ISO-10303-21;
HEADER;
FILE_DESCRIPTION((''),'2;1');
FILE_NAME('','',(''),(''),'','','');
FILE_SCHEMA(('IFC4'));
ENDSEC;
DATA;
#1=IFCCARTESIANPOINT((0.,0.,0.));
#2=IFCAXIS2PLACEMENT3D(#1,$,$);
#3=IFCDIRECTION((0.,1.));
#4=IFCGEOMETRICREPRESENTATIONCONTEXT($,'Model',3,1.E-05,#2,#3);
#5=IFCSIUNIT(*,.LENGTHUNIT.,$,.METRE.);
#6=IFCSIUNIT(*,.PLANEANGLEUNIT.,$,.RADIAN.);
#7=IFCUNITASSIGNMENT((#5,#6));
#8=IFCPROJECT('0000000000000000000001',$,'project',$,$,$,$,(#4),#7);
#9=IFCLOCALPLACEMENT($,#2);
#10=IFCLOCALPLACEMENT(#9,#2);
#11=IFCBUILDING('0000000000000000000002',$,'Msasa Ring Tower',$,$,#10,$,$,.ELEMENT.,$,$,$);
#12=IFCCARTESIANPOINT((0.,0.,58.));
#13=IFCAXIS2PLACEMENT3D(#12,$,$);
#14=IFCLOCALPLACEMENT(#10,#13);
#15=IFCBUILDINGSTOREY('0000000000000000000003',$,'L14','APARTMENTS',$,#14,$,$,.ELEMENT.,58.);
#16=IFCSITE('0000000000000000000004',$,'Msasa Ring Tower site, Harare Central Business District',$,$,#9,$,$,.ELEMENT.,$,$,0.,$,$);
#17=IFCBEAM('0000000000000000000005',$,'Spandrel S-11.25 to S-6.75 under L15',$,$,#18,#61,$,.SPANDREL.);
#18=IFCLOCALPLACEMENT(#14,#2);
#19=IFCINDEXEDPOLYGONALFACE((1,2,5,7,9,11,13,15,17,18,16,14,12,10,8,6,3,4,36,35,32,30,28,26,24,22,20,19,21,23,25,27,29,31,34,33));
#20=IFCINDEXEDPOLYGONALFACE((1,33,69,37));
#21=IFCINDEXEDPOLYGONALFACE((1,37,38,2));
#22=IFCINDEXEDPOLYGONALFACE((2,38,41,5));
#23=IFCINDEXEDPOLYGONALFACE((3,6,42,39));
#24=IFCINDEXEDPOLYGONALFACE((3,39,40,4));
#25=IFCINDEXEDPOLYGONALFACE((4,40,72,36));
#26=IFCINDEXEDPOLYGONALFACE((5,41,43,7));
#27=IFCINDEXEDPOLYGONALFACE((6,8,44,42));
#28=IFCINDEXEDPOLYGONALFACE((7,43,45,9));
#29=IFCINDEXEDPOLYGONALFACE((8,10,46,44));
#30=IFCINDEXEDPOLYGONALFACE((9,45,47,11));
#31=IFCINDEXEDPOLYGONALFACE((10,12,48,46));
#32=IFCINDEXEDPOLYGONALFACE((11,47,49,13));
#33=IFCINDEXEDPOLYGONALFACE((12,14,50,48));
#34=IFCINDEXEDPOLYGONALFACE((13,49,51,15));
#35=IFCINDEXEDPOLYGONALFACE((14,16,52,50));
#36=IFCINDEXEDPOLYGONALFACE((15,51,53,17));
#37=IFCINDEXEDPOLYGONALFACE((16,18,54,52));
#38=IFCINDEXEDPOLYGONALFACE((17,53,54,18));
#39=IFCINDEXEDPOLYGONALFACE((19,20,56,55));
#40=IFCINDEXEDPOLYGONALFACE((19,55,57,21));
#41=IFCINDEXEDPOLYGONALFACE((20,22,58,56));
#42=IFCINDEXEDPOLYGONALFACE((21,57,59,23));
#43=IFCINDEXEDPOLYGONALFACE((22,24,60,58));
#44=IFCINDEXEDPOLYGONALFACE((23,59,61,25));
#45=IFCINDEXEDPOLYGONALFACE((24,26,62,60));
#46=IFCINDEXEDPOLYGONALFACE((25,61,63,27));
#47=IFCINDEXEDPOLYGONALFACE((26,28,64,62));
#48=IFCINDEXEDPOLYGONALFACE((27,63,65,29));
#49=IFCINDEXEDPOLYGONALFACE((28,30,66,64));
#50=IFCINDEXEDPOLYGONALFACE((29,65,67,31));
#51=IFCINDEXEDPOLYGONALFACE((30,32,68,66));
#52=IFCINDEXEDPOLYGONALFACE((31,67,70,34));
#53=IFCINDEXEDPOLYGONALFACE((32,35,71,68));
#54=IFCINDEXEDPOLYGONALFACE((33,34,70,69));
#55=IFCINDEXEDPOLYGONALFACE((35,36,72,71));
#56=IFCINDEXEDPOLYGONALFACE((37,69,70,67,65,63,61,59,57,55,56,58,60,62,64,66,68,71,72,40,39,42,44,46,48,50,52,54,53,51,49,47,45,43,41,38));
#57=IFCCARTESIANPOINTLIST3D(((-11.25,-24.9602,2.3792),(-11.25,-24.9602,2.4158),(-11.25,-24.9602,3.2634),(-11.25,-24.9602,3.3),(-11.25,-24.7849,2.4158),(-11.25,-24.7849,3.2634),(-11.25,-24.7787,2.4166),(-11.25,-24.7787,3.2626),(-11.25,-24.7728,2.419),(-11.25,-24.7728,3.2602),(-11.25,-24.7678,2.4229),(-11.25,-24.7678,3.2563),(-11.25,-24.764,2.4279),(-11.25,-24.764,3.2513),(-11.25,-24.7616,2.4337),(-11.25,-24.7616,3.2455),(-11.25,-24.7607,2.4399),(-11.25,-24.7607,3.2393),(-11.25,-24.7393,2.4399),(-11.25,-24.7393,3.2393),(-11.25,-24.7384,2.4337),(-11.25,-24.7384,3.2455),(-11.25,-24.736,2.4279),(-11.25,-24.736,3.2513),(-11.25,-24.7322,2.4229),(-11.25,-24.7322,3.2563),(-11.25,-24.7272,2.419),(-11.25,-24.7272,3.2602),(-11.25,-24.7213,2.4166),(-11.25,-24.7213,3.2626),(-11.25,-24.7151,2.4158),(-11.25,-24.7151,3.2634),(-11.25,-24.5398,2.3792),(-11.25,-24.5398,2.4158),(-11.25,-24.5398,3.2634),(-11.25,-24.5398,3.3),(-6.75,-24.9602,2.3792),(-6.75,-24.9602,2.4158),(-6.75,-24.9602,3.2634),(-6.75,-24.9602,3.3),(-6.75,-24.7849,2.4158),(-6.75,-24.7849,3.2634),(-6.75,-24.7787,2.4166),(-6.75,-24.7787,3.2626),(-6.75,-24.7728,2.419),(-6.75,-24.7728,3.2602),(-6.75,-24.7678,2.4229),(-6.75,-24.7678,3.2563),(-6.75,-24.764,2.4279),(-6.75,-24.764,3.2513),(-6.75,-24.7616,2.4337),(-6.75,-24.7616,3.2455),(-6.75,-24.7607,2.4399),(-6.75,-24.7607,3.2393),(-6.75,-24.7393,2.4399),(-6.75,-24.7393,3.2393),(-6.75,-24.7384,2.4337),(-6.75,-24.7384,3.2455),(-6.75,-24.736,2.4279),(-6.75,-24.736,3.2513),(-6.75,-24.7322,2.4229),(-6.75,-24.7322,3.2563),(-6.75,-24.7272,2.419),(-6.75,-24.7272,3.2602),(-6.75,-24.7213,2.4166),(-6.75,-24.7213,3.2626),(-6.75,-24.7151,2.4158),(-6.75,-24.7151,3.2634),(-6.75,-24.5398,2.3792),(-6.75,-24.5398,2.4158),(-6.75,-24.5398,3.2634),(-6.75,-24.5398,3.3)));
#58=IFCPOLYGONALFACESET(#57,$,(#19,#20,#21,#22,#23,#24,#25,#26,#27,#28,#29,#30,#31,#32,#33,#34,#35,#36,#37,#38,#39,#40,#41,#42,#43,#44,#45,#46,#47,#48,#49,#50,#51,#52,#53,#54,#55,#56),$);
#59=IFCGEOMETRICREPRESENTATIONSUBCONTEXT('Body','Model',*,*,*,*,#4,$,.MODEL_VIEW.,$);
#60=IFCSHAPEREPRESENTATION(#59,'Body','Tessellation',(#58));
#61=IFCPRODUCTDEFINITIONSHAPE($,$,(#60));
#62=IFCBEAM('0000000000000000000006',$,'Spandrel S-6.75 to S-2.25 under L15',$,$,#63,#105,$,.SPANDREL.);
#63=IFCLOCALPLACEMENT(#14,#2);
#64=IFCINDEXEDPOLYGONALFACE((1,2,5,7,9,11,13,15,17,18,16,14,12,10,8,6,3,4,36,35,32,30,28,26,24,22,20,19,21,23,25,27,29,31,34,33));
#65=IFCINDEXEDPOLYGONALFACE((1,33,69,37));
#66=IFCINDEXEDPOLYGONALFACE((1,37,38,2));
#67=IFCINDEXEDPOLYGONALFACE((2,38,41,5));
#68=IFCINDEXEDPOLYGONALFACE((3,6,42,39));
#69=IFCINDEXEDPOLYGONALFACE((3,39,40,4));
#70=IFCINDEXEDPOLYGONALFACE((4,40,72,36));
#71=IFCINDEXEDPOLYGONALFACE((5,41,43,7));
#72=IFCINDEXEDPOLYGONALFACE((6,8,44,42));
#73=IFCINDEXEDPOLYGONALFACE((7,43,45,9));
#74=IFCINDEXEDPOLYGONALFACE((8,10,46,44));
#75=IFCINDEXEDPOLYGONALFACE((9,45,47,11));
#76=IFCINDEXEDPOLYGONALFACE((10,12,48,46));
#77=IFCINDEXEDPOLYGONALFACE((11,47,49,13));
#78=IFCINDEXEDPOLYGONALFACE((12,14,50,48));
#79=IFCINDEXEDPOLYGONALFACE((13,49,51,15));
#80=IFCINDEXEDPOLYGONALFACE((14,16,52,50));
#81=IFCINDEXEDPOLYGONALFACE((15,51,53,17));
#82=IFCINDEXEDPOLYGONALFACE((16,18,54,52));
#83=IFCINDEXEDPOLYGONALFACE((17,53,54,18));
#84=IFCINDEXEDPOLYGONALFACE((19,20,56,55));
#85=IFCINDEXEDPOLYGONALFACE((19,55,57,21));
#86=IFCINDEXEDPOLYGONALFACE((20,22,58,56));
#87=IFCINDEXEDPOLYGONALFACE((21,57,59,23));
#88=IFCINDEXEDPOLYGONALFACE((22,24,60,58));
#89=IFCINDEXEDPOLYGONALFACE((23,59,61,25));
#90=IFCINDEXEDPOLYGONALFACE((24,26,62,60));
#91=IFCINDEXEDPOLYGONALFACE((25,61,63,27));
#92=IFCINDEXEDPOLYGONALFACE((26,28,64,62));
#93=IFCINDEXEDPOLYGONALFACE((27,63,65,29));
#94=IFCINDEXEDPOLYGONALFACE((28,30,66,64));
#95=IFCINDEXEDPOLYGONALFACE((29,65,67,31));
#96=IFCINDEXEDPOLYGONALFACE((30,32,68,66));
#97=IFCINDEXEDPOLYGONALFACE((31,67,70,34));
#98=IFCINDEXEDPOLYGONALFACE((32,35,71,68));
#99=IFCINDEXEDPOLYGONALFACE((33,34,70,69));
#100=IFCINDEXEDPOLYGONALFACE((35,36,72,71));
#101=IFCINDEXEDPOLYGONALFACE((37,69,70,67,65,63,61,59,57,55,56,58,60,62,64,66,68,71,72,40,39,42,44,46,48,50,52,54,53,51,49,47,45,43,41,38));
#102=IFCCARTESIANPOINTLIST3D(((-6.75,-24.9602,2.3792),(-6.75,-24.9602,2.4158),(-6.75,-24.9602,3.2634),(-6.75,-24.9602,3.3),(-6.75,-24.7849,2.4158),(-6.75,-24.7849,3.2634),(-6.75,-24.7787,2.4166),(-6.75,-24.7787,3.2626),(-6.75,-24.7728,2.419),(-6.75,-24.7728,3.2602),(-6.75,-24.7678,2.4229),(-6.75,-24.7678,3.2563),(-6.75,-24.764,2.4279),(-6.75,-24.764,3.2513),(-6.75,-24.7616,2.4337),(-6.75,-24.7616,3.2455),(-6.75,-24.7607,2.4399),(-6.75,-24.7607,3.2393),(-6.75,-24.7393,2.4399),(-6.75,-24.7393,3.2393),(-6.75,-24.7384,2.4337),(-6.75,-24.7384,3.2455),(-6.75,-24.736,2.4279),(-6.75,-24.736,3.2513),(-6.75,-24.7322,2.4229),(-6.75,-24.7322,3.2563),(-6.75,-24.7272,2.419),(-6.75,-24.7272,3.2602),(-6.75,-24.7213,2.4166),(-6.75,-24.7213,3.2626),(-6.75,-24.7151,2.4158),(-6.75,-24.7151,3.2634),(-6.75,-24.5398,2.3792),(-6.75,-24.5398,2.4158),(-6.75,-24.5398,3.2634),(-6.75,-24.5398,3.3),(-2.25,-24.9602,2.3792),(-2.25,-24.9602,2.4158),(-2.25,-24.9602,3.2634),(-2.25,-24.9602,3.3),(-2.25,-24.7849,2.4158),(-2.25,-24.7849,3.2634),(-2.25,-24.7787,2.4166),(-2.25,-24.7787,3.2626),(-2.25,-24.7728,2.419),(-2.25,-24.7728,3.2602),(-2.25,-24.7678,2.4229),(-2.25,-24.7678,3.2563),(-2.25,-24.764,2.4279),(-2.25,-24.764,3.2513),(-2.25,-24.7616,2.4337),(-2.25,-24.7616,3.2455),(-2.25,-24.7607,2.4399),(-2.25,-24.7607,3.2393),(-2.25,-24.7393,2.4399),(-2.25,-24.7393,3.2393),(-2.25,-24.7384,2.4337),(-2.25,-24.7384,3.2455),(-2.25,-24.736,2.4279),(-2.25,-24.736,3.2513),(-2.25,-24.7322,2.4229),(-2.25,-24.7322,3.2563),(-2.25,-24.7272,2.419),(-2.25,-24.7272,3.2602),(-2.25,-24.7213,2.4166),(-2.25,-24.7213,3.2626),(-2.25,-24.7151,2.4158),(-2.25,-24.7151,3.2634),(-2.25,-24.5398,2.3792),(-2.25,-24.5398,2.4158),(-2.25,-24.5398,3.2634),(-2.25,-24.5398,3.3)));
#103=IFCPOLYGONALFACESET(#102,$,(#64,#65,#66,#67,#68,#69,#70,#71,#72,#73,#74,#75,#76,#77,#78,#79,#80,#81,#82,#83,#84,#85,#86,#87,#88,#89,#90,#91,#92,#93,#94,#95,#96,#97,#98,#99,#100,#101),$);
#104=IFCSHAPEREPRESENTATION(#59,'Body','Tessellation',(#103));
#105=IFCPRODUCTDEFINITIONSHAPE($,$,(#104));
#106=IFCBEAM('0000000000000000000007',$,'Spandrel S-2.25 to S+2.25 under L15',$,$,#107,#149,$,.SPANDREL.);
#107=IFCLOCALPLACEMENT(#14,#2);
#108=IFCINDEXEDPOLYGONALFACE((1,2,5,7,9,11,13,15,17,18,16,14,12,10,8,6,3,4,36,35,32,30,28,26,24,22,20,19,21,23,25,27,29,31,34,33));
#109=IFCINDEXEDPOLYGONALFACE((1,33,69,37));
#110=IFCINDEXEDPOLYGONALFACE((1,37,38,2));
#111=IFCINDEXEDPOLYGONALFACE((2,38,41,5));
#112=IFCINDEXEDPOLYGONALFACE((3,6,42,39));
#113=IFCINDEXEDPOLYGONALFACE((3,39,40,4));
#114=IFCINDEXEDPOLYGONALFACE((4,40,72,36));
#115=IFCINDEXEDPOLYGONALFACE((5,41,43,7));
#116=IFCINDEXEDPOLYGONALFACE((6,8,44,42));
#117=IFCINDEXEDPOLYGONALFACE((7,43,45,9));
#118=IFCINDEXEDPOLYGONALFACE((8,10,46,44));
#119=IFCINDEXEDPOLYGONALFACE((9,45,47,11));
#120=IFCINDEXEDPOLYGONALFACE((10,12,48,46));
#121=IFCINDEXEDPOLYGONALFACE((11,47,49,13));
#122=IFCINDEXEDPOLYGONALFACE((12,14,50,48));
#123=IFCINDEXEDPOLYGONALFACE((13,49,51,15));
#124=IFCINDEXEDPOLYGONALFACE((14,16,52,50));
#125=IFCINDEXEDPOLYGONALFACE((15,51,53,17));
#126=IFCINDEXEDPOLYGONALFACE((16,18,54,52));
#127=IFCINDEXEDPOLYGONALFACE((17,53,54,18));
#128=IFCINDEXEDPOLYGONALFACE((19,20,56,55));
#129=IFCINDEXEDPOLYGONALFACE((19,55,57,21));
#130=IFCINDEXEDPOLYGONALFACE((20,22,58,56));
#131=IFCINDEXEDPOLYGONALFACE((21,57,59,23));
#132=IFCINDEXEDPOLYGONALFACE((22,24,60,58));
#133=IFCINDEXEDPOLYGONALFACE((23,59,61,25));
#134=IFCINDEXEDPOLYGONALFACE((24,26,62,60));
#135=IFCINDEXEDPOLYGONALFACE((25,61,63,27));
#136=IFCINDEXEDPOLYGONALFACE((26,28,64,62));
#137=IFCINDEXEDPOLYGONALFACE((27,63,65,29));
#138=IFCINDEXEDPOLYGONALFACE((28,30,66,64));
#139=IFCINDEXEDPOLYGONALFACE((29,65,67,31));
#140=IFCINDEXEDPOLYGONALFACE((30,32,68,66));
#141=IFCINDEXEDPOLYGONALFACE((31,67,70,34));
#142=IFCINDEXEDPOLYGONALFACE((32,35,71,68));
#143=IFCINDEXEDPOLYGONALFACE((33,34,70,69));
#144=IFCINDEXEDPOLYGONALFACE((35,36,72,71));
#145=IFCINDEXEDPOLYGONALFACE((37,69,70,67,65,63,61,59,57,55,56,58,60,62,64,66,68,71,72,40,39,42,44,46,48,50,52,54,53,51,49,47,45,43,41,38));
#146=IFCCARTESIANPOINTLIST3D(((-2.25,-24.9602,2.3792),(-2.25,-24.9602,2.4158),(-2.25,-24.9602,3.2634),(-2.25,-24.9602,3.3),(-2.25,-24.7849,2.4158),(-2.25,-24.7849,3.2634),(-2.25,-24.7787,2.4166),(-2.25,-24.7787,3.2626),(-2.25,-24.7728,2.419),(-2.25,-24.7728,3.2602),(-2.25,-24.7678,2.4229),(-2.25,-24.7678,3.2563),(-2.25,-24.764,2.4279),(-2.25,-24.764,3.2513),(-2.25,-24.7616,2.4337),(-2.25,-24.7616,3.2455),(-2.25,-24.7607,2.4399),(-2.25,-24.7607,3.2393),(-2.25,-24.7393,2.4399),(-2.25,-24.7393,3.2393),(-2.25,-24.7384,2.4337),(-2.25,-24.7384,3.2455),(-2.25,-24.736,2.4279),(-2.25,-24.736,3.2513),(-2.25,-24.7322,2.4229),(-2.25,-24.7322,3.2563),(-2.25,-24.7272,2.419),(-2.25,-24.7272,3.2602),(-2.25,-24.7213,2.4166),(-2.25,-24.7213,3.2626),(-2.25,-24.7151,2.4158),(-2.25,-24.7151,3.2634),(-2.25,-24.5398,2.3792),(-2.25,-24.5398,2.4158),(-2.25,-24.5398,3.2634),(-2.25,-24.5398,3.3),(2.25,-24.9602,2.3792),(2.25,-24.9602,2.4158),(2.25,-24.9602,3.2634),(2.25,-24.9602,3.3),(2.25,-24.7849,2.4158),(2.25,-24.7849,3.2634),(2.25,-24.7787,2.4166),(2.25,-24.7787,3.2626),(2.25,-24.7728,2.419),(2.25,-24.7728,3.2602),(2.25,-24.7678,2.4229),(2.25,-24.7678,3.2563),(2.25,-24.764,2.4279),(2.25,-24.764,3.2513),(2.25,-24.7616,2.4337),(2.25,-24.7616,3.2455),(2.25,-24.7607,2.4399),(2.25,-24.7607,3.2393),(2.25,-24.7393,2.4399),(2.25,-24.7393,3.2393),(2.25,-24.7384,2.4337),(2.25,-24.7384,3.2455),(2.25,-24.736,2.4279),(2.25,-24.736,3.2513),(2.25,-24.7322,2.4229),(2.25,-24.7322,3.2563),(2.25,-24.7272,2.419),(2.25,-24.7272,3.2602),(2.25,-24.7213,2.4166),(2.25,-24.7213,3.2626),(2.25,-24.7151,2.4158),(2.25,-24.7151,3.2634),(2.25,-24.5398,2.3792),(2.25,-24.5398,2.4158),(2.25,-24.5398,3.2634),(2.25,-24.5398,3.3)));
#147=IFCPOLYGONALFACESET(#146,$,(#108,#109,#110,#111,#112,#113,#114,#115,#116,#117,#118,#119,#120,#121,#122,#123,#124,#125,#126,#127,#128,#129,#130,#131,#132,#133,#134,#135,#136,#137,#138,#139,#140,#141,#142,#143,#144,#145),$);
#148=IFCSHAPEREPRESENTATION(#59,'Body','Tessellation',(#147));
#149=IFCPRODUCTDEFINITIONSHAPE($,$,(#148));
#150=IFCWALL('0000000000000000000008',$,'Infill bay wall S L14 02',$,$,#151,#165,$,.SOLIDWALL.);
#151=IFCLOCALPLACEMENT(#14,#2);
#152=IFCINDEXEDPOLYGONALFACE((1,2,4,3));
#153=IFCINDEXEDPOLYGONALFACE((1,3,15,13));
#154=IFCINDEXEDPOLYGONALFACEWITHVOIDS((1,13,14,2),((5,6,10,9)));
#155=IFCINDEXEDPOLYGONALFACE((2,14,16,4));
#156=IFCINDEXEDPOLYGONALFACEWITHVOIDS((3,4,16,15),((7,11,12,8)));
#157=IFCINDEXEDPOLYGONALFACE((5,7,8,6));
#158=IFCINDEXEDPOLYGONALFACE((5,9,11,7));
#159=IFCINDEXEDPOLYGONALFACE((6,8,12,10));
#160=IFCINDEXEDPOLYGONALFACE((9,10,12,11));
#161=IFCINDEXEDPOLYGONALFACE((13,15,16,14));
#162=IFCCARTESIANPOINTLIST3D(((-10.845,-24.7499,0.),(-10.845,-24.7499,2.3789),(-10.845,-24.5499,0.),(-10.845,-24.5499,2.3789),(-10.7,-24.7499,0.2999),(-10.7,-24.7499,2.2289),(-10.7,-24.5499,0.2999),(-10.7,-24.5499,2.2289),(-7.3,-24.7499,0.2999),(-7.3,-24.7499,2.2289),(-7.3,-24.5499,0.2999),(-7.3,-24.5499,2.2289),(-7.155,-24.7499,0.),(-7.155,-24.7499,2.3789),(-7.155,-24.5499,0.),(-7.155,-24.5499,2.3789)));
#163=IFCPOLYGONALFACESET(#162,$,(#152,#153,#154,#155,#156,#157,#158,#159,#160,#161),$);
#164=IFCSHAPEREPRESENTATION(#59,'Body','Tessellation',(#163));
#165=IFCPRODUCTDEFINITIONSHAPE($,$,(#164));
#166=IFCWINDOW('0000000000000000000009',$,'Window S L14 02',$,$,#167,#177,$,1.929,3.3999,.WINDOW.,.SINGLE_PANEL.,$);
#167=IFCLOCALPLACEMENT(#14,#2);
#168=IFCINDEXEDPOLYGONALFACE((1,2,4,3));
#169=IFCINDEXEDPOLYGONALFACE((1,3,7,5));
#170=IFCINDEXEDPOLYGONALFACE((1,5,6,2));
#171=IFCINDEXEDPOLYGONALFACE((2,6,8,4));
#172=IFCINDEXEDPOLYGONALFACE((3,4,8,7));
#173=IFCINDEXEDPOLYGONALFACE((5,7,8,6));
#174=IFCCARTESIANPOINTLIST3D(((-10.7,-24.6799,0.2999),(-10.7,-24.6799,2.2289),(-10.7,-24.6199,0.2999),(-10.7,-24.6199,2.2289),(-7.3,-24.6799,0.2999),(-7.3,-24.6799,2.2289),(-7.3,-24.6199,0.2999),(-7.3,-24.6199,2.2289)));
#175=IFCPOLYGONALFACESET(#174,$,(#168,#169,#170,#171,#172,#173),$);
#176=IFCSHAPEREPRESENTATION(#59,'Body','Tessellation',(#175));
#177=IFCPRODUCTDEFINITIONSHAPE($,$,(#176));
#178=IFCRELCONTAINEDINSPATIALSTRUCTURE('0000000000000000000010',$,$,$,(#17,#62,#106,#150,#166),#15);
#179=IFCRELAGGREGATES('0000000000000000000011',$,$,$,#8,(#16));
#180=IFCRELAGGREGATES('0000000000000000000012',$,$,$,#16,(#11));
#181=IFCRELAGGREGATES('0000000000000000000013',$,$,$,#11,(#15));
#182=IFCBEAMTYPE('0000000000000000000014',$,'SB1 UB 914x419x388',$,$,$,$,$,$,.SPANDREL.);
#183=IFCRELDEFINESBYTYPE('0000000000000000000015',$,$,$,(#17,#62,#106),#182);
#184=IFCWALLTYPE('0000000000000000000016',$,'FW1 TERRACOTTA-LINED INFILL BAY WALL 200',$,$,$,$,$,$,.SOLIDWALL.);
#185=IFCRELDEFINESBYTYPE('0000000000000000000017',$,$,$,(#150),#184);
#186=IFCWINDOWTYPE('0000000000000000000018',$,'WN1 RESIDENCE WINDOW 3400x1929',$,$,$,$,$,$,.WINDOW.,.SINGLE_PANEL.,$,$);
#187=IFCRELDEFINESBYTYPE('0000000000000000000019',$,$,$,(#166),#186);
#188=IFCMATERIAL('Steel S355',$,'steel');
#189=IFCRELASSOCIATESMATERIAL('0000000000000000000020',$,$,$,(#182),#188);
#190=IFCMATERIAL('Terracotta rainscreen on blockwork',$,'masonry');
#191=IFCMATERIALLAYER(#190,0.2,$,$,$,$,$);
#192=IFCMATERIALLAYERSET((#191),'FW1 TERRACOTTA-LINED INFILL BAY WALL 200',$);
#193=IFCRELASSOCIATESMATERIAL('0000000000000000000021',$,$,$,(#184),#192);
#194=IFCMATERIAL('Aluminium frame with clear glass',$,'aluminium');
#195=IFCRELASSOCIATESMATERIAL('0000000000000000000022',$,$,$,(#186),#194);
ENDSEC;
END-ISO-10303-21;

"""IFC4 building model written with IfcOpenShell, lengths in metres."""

from ifc_helpers import new_model, si_unit, direction, frame, frame_2d, origin, origin_2d, place, context, subcontext, project, spatial, rectangle, i_section, extrude, material, layer, layer_set, material_profile, profile_set, type_object, element, fill, save


model = new_model("IFC4")

# Units and contexts
model_context = context("Model", 3, precision=1e-05, world=origin(), true_north=direction((0.0, 1.0)))
body_context = subcontext(model_context, "Body", "Model", "MODEL_VIEW")
ifc_project = project(units=[si_unit("LENGTHUNIT", "METRE"), si_unit("PLANEANGLEUNIT", "RADIAN")], contexts=[model_context])

# Site, building, storey
site_placement = place(None, origin())
site = spatial("IfcSite", under=ifc_project, at=site_placement, Name="Msasa Ring Tower site, Harare Central Business District", CompositionType="ELEMENT", RefElevation=0.0)
building_placement = place(site_placement, origin())
building = spatial("IfcBuilding", under=site, at=building_placement, Name="Msasa Ring Tower", CompositionType="ELEMENT")
storey_placement = place(building_placement, frame((0.0, 0.0, 58.0)))
storey = spatial("IfcBuildingStorey", under=building, at=storey_placement, Name="L14", Description="APARTMENTS", CompositionType="ELEMENT", Elevation=58.0)

# Beams
ifc_material_1 = material(Name="Steel S355", Category="steel")
ifc_material_profile_1 = material_profile(ifc_material_1, i_section(OverallWidth=0.4204, OverallDepth=0.9209, WebThickness=0.0215, FlangeThickness=0.0366, FilletRadius=0.0242, at=origin_2d()), Name="UB 914x419x388")
ifc_profile_set_1 = profile_set([ifc_material_profile_1], Name="Steel S355")
beam_type_1 = type_object("IfcBeamType", Name="SB1 UB 914x419x388", PredefinedType="SPANDREL", material=ifc_profile_set_1)
for number, where, z_axis, x_axis, name in (
    (1, (-11.25, -24.75, 2.8396), (1.0, 0.0, 0.0), (0.0, 1.0, 0.0), "Spandrel S-11.25 to S-6.75 under L15"),
    (2, (-6.75, -24.75, 2.8396), (1.0, 0.0, 0.0), (0.0, 1.0, 0.0), "Spandrel S-6.75 to S-2.25 under L15"),
    (3, (-2.25, -24.75, 2.8396), (1.0, 0.0, 0.0), (0.0, 1.0, 0.0), "Spandrel S-2.25 to S+2.25 under L15"),
):
    element("IfcBeam", number, at=place(storey_placement, frame(where, z_axis=z_axis, x_axis=x_axis)), inside=storey, type_object=beam_type_1, Name=name, PredefinedType="SPANDREL", context=body_context, shape_type="SweptSolid", body=[
        extrude(i_section(OverallWidth=0.4204, OverallDepth=0.9209, WebThickness=0.0215, FlangeThickness=0.0366, FilletRadius=0.0242, at=origin_2d()), origin(), (0.0, 0.0, 1.0), 4.5),
    ])

# Wall, opening, window
ifc_material_2 = material(Name="Terracotta rainscreen on blockwork", Category="masonry")
ifc_layer_1 = layer(ifc_material_2, 0.2)
ifc_layer_set_1 = layer_set([ifc_layer_1], Name="FW1 TERRACOTTA-LINED INFILL BAY WALL 200")
wall_type_1 = type_object("IfcWallType", Name="FW1 TERRACOTTA-LINED INFILL BAY WALL 200", PredefinedType="SOLIDWALL", material=ifc_layer_set_1)
wall_1_placement = place(storey_placement, frame((-10.845, -24.6499, 0.0), z_axis=(0.0, 0.0, 1.0), x_axis=(1.0, 0.0, 0.0)))
wall_1 = element("IfcWall", 4, at=wall_1_placement, inside=storey, type_object=wall_type_1, Name="Infill bay wall S L14 02", PredefinedType="SOLIDWALL", context=body_context, shape_type="SweptSolid", body=[
    extrude(rectangle(XDim=3.6899, YDim=0.2, at=frame_2d((1.845, 0.0))), origin(), (0.0, 0.0, 1.0), 2.3789),
])
opening_1_placement = place(wall_1_placement, frame((0.145, 0.0, 0.3)))
opening_1 = element("IfcOpeningElement", 5, at=opening_1_placement, cuts=wall_1, PredefinedType="OPENING", context=body_context, shape_type="SweptSolid", body=[
    extrude(rectangle(XDim=3.3999, YDim=1.929, at=frame_2d((1.7, 0.9644))), frame((0.0, 0.1099, 0.0), z_axis=(0.0, -1.0, 0.0), x_axis=(1.0, 0.0, 0.0)), (0.0, 0.0, 1.0), 0.22),
])
ifc_material_3 = material(Name="Aluminium frame with clear glass", Category="aluminium")
window_type = type_object("IfcWindowType", Name="WN1 RESIDENCE WINDOW 3400x1929", PartitioningType="SINGLE_PANEL", PredefinedType="WINDOW", material=ifc_material_3)
window_1_placement = place(opening_1_placement, origin())
window_1 = element("IfcWindow", 6, at=window_1_placement, inside=storey, type_object=window_type, Name="Window S L14 02", OverallHeight=1.929, OverallWidth=3.3999, PartitioningType="SINGLE_PANEL", PredefinedType="WINDOW", context=body_context, shape_type="SweptSolid", body=[
    extrude(rectangle(XDim=3.3999, YDim=1.929, at=frame_2d((1.7, 0.9644))), frame((0.0, 0.03, 0.0), z_axis=(0.0, -1.0, 0.0), x_axis=(1.0, 0.0, 0.0)), (0.0, 0.0, 1.0), 0.0601),
])
fill(opening_1, window_1)

save(model, "model.ifc")
